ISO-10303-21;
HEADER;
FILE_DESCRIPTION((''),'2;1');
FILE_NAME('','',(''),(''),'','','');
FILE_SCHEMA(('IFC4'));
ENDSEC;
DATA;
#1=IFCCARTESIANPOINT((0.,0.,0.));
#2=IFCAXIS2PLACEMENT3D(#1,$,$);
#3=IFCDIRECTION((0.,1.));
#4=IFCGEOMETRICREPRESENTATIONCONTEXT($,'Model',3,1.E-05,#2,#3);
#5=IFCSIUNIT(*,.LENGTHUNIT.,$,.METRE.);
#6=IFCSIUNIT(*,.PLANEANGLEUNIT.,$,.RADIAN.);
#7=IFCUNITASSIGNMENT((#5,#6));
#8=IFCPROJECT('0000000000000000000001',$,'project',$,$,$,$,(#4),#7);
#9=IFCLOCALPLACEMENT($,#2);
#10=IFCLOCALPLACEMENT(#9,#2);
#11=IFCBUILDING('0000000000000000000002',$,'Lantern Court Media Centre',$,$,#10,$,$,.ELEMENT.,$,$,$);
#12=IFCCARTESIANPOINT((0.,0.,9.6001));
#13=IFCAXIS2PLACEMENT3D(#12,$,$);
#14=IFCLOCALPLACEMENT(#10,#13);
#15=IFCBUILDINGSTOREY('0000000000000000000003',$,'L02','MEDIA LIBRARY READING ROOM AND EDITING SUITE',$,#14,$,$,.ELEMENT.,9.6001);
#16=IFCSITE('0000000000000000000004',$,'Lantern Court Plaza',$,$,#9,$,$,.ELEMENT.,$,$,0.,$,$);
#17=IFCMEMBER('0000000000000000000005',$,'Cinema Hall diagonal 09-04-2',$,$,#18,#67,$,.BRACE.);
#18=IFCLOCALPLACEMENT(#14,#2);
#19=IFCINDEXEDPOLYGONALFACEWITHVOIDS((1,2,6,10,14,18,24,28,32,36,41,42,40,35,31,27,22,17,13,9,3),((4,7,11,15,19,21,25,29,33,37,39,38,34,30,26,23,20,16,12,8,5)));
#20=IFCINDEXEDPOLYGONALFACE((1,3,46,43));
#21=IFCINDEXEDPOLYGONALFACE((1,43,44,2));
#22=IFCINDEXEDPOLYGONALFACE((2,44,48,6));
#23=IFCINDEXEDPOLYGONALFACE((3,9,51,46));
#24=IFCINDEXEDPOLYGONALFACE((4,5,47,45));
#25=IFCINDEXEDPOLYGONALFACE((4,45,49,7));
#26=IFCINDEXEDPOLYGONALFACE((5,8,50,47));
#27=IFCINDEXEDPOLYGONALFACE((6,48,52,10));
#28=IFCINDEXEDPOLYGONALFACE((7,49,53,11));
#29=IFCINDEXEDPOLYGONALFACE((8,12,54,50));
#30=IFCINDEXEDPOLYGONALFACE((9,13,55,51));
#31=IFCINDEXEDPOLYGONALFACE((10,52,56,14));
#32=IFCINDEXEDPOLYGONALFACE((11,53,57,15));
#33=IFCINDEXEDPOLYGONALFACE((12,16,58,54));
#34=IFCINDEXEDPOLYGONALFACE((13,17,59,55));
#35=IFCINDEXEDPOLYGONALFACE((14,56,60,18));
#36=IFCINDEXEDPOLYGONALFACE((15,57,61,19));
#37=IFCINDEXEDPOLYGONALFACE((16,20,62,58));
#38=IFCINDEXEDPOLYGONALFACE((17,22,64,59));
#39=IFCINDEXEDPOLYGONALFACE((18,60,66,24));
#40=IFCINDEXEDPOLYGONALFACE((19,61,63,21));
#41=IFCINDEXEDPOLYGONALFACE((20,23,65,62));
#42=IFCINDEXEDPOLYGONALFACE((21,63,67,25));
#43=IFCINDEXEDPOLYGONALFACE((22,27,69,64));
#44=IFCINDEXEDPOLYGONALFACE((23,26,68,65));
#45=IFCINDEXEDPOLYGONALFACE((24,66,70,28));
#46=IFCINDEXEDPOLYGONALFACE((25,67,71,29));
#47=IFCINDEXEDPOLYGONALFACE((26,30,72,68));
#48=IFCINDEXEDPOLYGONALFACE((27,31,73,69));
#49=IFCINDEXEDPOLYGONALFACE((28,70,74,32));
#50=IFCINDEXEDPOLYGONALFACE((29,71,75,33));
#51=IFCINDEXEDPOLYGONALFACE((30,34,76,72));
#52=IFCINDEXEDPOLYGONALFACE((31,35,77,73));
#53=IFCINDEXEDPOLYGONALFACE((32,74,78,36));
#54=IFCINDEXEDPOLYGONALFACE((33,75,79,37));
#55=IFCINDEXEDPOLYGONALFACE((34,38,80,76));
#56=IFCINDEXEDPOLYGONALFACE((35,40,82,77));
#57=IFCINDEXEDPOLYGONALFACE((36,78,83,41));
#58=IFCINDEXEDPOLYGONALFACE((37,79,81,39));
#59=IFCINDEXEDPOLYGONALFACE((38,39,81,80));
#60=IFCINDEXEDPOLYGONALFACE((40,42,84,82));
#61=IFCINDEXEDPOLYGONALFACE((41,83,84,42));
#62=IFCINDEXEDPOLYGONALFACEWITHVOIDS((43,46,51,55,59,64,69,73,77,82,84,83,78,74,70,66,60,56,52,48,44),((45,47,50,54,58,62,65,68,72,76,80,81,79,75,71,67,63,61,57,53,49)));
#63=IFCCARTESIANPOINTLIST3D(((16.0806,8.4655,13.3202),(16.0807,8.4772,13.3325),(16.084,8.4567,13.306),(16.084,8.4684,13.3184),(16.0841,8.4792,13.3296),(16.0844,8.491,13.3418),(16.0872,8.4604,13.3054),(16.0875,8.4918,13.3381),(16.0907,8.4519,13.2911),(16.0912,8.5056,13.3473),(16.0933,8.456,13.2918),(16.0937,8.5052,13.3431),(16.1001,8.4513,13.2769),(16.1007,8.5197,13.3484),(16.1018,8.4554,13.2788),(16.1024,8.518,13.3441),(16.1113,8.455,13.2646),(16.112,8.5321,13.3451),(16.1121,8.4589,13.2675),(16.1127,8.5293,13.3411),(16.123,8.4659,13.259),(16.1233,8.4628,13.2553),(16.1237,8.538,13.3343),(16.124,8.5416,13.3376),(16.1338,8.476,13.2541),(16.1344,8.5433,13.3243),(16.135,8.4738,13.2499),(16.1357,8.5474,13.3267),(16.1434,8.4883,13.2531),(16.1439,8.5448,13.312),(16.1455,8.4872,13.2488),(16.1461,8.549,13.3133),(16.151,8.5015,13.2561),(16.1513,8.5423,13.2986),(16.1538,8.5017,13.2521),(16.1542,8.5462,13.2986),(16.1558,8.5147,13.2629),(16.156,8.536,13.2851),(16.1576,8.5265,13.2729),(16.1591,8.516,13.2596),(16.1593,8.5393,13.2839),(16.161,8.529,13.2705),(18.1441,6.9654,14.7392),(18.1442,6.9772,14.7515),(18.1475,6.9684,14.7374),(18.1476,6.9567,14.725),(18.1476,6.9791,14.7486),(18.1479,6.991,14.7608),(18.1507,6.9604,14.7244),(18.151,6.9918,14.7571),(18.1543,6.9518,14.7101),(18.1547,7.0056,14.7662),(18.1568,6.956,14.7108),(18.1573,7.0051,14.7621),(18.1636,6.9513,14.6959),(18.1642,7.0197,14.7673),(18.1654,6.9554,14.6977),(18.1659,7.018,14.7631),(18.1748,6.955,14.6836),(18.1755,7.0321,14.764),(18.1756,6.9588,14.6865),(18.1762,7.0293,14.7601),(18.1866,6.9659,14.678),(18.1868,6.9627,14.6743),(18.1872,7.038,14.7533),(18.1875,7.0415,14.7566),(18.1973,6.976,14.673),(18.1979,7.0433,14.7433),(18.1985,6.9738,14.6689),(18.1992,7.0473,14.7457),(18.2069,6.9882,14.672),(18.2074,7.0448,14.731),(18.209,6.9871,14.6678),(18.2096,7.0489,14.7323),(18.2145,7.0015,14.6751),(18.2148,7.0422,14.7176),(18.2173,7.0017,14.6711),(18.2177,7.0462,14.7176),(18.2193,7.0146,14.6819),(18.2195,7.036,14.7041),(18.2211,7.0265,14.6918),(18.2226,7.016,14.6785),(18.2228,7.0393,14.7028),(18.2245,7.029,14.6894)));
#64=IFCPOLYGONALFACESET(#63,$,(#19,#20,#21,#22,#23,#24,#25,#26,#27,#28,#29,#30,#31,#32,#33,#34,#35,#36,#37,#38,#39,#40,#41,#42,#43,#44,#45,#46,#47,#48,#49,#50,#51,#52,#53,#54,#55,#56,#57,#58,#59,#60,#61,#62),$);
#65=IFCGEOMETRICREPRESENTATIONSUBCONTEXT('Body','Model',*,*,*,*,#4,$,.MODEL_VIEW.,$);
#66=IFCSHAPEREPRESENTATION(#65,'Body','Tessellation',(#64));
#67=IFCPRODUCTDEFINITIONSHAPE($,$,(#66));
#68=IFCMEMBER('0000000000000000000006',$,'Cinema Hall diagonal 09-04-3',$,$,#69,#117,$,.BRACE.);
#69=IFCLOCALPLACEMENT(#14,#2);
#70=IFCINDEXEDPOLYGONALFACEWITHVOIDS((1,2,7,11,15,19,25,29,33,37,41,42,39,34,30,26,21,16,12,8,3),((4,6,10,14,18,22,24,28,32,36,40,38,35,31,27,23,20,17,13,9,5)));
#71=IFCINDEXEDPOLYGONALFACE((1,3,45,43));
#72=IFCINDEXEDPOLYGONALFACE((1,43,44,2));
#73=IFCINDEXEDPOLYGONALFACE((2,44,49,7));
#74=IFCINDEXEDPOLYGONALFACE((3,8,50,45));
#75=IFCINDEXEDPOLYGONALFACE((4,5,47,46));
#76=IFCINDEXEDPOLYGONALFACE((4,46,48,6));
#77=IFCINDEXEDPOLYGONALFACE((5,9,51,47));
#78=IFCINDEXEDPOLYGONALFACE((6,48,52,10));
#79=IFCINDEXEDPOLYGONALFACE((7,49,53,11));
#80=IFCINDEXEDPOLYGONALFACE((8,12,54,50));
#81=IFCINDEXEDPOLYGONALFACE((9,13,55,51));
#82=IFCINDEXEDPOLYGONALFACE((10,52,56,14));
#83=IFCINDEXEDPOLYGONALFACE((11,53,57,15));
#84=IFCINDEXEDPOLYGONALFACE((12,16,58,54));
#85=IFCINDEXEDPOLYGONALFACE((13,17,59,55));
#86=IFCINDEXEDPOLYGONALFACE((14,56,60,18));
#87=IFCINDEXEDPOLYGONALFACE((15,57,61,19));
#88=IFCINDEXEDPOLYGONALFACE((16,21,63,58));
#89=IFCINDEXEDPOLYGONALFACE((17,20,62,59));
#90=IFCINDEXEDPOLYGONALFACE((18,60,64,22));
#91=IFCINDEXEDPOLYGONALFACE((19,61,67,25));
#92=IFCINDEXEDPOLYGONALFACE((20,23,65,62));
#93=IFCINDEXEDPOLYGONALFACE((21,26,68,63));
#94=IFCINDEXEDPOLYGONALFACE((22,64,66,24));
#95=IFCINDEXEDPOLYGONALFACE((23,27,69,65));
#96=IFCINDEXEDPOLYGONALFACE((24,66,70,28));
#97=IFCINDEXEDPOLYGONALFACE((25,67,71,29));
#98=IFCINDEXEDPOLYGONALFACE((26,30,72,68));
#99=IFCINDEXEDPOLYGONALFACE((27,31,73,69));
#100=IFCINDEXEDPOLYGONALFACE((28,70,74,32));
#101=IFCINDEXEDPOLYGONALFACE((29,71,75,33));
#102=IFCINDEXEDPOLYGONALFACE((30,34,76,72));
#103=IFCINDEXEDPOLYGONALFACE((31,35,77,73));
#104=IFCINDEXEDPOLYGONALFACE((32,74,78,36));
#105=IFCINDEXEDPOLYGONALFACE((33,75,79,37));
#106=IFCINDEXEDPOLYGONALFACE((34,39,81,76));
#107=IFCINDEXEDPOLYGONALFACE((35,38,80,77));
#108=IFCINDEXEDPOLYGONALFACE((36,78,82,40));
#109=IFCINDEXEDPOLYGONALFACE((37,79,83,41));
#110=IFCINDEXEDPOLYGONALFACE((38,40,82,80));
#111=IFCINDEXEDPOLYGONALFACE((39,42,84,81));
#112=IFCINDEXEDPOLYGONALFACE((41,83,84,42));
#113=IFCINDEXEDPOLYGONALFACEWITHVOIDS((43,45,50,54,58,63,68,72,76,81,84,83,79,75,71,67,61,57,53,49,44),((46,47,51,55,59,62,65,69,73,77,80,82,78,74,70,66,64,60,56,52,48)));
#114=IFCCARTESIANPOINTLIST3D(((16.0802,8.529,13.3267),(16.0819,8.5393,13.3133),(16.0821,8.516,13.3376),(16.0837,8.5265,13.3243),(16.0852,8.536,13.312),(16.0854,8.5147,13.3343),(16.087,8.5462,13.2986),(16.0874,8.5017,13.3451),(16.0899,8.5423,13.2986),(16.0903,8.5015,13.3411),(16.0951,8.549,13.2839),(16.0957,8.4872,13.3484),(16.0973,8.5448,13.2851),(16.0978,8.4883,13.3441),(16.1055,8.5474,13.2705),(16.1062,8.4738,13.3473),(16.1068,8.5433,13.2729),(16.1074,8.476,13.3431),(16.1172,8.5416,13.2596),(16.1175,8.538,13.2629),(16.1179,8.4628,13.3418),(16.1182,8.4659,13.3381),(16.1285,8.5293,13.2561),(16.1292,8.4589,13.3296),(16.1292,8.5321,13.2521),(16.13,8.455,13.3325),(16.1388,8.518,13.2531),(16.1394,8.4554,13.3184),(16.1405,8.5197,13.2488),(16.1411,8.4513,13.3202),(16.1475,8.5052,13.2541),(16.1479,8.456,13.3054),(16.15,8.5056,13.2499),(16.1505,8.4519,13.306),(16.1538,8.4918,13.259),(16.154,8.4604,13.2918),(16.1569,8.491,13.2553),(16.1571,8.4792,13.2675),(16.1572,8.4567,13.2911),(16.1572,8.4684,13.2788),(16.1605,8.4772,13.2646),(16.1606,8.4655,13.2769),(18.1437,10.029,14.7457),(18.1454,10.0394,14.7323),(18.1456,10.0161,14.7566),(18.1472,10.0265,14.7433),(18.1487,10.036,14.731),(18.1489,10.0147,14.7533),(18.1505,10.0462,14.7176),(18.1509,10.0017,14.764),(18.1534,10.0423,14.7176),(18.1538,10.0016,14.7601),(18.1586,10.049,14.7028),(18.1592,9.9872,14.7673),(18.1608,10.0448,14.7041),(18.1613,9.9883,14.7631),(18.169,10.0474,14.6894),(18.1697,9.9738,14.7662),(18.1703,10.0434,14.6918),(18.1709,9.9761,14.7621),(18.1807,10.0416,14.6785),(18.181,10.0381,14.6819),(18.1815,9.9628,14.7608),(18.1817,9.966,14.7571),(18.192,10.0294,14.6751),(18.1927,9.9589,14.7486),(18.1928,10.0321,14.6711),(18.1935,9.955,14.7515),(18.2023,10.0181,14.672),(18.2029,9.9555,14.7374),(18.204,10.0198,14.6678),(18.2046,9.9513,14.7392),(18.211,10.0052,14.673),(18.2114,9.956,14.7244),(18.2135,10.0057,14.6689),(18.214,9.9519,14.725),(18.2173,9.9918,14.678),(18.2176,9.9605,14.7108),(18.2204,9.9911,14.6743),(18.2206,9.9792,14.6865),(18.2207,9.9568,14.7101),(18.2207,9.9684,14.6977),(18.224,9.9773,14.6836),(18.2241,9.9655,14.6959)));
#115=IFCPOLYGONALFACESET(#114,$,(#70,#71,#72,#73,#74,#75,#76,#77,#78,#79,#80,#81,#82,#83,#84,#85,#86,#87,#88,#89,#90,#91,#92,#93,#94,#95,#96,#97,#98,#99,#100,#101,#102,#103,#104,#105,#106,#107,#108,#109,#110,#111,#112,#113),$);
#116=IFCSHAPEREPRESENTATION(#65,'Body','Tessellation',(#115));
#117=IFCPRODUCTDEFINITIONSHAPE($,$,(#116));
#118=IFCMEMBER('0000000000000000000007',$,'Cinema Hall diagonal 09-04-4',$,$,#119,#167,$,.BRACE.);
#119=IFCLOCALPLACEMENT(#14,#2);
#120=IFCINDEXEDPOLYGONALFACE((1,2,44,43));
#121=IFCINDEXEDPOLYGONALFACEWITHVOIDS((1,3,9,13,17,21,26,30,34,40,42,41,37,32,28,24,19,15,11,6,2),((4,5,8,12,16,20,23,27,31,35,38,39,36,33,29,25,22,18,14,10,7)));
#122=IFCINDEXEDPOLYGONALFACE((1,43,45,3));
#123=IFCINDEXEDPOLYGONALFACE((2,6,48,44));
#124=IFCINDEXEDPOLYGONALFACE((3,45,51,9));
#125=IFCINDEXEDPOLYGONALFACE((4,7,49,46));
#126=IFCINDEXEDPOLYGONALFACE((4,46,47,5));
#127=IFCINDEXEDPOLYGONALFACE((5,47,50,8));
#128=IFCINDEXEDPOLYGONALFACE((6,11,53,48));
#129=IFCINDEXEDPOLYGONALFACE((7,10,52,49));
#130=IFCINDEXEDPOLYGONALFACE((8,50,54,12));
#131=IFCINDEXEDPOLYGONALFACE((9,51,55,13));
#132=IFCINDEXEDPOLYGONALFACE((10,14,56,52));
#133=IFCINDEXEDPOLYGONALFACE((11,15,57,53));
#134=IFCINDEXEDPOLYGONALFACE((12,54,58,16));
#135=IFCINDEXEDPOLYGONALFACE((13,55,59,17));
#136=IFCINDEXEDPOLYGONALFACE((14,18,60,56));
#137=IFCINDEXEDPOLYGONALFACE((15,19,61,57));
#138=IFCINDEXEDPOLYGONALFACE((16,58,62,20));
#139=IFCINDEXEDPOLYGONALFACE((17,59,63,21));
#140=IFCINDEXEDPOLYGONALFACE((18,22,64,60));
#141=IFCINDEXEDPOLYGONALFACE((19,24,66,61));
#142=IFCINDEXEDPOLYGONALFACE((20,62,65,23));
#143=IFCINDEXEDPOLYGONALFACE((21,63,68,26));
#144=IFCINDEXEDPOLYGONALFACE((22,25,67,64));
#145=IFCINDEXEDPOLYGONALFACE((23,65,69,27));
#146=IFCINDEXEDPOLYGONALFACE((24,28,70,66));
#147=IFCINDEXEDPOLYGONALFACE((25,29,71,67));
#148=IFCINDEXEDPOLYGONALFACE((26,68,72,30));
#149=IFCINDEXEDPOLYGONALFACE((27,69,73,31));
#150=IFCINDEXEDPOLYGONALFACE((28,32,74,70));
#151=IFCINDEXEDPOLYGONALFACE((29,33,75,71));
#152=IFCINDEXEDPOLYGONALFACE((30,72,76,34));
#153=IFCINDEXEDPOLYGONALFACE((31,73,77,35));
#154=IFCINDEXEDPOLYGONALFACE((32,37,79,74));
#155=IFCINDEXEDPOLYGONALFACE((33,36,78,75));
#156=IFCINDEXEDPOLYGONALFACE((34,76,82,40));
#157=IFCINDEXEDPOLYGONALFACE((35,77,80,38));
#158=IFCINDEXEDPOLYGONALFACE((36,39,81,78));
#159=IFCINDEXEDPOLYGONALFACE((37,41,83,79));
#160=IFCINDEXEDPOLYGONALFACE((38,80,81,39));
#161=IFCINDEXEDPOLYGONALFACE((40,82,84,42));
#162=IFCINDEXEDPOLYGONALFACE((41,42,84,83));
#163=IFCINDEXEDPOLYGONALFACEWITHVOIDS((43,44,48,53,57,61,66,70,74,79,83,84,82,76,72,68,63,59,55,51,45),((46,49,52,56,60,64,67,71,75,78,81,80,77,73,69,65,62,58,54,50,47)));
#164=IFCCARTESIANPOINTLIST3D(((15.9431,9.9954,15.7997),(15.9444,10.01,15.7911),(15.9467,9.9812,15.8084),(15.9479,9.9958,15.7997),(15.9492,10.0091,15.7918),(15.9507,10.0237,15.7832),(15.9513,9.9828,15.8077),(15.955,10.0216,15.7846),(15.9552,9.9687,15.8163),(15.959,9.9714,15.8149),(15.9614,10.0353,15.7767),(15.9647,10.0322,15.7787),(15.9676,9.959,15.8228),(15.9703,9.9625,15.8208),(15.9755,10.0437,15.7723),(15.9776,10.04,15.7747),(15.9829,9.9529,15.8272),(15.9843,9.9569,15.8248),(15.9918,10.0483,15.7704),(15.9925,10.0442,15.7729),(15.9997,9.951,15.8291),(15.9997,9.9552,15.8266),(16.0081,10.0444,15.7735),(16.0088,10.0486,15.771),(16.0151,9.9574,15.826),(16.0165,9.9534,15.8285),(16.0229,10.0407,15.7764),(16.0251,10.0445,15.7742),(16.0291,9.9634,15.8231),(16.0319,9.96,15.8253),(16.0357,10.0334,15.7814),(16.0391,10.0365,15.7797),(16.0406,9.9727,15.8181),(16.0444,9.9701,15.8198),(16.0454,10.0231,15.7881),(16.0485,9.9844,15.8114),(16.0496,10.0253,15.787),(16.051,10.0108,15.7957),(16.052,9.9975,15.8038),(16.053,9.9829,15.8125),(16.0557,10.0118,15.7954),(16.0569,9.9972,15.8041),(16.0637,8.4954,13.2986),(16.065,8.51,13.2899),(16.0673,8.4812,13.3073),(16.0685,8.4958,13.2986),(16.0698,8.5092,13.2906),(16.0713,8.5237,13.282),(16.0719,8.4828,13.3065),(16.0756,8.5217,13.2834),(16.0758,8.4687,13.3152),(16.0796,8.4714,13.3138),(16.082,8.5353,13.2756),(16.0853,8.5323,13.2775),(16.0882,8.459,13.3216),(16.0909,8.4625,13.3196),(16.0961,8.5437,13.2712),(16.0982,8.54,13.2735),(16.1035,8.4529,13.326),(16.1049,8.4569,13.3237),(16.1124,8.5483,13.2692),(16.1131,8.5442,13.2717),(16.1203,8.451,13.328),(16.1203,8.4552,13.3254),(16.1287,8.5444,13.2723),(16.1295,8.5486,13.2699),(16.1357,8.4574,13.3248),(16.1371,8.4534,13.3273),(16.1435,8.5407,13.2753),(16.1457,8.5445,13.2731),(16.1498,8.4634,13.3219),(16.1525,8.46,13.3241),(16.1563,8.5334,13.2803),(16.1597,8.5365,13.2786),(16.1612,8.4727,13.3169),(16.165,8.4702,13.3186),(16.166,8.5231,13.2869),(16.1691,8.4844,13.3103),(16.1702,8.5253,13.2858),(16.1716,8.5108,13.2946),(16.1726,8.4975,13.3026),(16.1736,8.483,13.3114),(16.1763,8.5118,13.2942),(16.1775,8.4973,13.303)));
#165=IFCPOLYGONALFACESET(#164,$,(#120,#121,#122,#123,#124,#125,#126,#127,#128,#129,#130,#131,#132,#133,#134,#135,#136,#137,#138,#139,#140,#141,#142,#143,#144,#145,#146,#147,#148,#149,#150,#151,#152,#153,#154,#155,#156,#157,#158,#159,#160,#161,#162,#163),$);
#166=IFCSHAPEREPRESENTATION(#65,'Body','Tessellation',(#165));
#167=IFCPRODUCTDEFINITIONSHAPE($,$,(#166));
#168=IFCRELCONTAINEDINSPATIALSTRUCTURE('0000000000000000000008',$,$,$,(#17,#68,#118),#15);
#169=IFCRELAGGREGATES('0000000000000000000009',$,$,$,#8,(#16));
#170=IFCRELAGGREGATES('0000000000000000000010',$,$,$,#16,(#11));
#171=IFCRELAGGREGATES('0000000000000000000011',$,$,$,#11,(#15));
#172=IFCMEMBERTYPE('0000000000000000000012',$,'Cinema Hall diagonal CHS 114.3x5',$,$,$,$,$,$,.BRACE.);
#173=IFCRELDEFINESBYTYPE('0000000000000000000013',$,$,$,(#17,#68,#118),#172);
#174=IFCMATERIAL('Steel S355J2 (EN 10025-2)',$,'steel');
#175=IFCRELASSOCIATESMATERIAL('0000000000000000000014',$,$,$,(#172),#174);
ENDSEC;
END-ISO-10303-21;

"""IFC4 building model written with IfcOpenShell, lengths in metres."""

from ifc_helpers import new_model, si_unit, direction, frame, origin, origin_2d, place, context, subcontext, project, spatial, hollow_circle, extrude, material, material_profile, profile_set, type_object, element, save


model = new_model("IFC4")

# Units and contexts
model_context = context("Model", 3, precision=1e-05, world=origin(), true_north=direction((0.0, 1.0)))
body_context = subcontext(model_context, "Body", "Model", "MODEL_VIEW")
ifc_project = project(units=[si_unit("LENGTHUNIT", "METRE"), si_unit("PLANEANGLEUNIT", "RADIAN")], contexts=[model_context])

# Site, building, storey
site_placement = place(None, origin())
site = spatial("IfcSite", under=ifc_project, at=site_placement, Name="Lantern Court Plaza", CompositionType="ELEMENT", RefElevation=0.0)
building_placement = place(site_placement, origin())
building = spatial("IfcBuilding", under=site, at=building_placement, Name="Lantern Court Media Centre", CompositionType="ELEMENT")
storey_placement = place(building_placement, frame((0.0, 0.0, 9.6001)))
storey = spatial("IfcBuildingStorey", under=building, at=storey_placement, Name="L02", Description="MEDIA LIBRARY READING ROOM AND EDITING SUITE", CompositionType="ELEMENT", Elevation=9.6001)

# Members
ifc_material = material(Name="Steel S355J2 (EN 10025-2)", Category="steel")
ifc_material_profile_1 = material_profile(ifc_material, hollow_circle(Radius=0.0571, WallThickness=0.0049, at=origin_2d()), Name="Cinema Hall diagonal CHS 114.3x5")
ifc_profile_set_1 = profile_set([ifc_material_profile_1], Name="Steel S355J2 (EN 10025-2)")
member_type_1 = type_object("IfcMemberType", Name="Cinema Hall diagonal CHS 114.3x5", PredefinedType="BRACE", material=ifc_profile_set_1)
for number, where, z_axis, x_axis, name in (
    (1, (16.1206, 8.5, 13.2986), (0.70688, -0.513851, 0.486084), (0.58799, 0.808868, 0.0), "Cinema Hall diagonal 09-04-2"),
    (2, (16.1206, 8.5, 13.2986), (0.70688, 0.513851, 0.486084), (-0.58799, 0.808868, 0.0), "Cinema Hall diagonal 09-04-3"),
):
    element("IfcMember", number, at=place(storey_placement, frame(where, z_axis=z_axis, x_axis=x_axis)), inside=storey, type_object=member_type_1, Name=name, PredefinedType="BRACE", context=body_context, shape_type="SweptSolid", body=[
        extrude(hollow_circle(Radius=0.0571, WallThickness=0.0049, at=origin_2d()), origin(), (0.0, 0.0, 1.0), 2.9192),
    ])
member_1_placement = place(storey_placement, frame((16.1206, 8.5, 13.2986), z_axis=(-0.041317, 0.513872, 0.856871), x_axis=(-0.996783, -0.080145, 0.0)))
element("IfcMember", 3, at=member_1_placement, inside=storey, type_object=member_type_1, Name="Cinema Hall diagonal 09-04-4", PredefinedType="BRACE", context=body_context, shape_type="SweptSolid", body=[
    extrude(hollow_circle(Radius=0.0571, WallThickness=0.0049, at=origin_2d()), origin(), (0.0, 0.0, 1.0), 2.9189),
])

save(model, "model.ifc")
